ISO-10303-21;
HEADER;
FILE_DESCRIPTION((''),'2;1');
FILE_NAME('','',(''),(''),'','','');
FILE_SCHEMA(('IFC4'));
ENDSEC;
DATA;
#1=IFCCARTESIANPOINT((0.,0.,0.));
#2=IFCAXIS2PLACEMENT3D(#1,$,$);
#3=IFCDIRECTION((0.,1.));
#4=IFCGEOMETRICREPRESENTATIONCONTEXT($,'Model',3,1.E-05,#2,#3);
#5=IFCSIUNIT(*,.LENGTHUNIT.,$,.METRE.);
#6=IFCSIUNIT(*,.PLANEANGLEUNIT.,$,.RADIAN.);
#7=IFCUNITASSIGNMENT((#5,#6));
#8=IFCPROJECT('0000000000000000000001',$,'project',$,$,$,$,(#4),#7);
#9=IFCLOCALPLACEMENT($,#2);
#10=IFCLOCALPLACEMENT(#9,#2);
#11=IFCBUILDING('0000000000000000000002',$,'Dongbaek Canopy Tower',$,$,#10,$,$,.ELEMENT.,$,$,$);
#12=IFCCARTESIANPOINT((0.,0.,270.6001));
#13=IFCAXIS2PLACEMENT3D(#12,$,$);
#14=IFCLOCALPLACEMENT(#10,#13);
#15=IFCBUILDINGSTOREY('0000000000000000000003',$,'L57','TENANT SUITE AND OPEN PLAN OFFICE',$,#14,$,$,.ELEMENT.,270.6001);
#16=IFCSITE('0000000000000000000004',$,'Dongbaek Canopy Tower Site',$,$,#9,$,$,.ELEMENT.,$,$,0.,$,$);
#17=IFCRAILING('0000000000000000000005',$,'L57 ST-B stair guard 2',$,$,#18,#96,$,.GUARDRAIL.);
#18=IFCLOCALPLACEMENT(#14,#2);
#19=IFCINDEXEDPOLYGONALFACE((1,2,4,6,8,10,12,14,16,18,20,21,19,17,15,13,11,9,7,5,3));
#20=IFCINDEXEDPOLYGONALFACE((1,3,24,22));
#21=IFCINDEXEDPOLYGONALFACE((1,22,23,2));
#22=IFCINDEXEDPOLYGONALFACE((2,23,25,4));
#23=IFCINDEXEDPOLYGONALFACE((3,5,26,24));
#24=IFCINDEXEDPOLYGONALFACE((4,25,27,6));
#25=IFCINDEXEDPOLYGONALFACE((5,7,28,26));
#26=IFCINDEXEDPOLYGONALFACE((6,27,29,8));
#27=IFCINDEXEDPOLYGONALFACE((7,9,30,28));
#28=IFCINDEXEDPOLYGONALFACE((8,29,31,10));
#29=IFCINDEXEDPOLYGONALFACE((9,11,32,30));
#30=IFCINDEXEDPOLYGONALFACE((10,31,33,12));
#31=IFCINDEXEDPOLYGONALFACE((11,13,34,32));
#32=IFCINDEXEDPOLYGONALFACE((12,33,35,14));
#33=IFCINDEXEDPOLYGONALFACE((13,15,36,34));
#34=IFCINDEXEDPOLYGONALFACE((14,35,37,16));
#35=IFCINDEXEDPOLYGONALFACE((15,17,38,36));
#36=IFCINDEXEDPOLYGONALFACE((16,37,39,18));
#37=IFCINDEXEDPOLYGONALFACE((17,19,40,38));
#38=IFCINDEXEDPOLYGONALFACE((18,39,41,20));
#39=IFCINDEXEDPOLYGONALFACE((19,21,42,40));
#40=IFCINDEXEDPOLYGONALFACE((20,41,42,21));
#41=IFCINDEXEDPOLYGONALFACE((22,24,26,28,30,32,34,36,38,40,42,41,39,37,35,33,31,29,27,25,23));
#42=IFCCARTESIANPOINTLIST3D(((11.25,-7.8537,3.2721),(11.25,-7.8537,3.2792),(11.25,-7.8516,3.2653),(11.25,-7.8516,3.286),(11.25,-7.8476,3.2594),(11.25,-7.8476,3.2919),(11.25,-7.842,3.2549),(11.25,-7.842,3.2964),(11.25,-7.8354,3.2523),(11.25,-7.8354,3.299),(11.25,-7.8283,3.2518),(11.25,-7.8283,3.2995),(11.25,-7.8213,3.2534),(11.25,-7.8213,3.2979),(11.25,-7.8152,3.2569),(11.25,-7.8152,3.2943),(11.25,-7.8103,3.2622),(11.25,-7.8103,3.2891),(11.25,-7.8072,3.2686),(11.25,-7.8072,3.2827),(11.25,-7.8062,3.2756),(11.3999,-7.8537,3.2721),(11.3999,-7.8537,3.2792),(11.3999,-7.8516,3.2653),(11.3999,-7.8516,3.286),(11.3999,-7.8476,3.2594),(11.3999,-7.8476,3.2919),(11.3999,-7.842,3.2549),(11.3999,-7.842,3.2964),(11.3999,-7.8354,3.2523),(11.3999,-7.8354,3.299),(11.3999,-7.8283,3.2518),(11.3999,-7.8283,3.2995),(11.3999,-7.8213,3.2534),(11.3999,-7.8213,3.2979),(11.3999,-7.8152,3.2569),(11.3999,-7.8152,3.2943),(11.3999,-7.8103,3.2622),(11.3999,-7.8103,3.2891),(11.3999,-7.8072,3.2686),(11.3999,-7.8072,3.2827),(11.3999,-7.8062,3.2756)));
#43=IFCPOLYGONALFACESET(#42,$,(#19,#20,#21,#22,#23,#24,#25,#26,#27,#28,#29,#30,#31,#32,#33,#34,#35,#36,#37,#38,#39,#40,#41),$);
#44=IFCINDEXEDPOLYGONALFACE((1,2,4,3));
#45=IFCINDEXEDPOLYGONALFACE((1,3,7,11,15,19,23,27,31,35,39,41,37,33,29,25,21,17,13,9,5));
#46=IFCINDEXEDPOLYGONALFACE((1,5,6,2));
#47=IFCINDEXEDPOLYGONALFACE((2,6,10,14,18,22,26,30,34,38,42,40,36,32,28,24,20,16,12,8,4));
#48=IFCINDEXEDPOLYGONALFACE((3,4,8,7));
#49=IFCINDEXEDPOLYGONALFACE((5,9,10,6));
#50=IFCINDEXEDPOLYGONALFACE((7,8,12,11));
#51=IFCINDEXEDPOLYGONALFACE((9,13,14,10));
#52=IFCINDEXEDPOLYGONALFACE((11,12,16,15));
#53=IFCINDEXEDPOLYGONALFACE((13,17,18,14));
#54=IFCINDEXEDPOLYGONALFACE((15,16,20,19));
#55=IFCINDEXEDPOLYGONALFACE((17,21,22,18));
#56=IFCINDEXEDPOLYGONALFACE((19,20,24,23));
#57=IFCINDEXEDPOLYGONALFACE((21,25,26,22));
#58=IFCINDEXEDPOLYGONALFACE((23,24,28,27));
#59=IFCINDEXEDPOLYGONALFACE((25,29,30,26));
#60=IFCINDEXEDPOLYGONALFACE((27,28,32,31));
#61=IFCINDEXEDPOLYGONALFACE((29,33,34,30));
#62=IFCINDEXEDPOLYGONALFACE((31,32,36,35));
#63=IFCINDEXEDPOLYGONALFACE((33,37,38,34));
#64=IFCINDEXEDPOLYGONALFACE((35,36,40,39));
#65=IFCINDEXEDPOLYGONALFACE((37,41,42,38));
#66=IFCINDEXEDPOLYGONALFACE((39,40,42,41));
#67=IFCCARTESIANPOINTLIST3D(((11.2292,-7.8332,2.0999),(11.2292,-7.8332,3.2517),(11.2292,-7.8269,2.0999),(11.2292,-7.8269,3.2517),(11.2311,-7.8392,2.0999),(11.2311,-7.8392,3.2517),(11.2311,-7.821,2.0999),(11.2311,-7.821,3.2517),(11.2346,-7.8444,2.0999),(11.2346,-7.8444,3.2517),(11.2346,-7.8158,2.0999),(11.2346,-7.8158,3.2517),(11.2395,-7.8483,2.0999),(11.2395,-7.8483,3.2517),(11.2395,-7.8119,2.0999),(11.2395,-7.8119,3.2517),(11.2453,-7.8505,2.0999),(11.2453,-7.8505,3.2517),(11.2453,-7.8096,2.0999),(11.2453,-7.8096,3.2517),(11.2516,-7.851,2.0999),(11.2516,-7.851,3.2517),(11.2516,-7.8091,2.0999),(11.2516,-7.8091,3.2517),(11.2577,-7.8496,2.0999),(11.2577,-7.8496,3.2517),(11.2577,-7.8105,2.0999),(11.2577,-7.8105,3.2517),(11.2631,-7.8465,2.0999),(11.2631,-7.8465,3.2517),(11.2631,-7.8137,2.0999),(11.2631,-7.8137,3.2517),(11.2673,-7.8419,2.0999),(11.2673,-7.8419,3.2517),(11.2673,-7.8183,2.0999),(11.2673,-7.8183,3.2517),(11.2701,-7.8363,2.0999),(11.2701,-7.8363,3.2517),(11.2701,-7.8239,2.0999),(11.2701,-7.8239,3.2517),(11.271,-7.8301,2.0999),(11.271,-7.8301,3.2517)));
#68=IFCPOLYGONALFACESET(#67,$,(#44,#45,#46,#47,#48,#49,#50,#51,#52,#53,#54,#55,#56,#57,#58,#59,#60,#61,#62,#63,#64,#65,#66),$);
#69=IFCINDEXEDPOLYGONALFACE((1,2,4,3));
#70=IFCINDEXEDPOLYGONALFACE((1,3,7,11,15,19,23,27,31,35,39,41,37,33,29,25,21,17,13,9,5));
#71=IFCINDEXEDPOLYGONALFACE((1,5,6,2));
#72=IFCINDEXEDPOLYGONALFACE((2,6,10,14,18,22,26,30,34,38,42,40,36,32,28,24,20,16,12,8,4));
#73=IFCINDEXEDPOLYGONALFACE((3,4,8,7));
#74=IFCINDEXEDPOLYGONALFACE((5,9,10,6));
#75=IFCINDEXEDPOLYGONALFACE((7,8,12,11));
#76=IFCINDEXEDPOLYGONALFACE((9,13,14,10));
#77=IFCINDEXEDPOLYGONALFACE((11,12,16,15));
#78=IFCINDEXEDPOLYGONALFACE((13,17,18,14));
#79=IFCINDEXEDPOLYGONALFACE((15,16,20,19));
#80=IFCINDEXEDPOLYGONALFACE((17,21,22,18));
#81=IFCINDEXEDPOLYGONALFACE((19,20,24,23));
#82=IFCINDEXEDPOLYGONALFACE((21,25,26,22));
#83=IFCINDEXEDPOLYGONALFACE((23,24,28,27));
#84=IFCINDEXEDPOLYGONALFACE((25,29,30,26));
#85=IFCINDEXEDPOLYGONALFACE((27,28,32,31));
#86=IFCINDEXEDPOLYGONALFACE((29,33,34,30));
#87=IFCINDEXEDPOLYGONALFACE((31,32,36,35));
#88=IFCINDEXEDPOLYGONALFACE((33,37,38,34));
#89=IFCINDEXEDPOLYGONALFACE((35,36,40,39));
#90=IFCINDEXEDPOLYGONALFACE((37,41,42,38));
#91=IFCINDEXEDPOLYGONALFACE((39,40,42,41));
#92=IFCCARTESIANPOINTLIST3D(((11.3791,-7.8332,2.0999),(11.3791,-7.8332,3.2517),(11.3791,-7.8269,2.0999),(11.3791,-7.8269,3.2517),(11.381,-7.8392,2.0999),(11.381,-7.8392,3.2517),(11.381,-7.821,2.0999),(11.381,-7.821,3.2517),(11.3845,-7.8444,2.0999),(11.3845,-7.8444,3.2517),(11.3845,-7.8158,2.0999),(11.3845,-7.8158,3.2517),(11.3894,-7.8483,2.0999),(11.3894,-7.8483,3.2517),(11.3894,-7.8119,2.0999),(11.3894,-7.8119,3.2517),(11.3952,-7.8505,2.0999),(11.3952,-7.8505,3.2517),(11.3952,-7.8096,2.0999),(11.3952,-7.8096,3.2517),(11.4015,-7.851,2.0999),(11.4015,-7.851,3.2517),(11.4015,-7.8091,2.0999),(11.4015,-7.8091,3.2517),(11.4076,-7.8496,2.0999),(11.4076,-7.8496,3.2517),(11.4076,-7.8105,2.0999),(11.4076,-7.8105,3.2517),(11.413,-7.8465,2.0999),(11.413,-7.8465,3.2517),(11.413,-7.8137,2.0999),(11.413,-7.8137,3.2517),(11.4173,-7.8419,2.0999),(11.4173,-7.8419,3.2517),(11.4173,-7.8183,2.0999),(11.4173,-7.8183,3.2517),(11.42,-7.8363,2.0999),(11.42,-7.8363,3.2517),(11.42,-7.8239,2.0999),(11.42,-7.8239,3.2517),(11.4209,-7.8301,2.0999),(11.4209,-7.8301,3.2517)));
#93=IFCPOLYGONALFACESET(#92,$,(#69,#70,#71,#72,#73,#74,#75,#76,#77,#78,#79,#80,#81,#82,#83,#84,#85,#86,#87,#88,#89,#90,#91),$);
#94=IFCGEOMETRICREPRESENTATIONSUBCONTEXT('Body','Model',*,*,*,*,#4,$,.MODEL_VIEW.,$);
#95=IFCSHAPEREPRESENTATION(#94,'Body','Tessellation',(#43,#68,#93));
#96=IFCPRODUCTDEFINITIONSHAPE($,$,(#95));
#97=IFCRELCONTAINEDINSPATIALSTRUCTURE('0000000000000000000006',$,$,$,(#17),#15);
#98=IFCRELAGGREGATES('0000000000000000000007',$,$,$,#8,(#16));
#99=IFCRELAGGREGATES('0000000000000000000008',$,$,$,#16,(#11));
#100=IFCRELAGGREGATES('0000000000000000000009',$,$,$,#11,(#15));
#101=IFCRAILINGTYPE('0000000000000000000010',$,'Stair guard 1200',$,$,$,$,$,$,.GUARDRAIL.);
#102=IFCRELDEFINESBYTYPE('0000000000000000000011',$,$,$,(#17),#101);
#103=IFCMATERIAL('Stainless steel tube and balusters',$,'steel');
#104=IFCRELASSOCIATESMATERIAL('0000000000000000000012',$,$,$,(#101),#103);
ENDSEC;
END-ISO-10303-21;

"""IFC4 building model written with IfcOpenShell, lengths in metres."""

from ifc_helpers import new_model, si_unit, direction, frame, origin, origin_2d, place, context, subcontext, project, spatial, circle, extrude, material, type_object, element, save


model = new_model("IFC4")

# Units and contexts
model_context = context("Model", 3, precision=1e-05, world=origin(), true_north=direction((0.0, 1.0)))
body_context = subcontext(model_context, "Body", "Model", "MODEL_VIEW")
ifc_project = project(units=[si_unit("LENGTHUNIT", "METRE"), si_unit("PLANEANGLEUNIT", "RADIAN")], contexts=[model_context])

# Site, building, storey
site_placement = place(None, origin())
site = spatial("IfcSite", under=ifc_project, at=site_placement, Name="Dongbaek Canopy Tower Site", CompositionType="ELEMENT", RefElevation=0.0)
building_placement = place(site_placement, origin())
building = spatial("IfcBuilding", under=site, at=building_placement, Name="Dongbaek Canopy Tower", CompositionType="ELEMENT")
storey_placement = place(building_placement, frame((0.0, 0.0, 270.6001)))
storey = spatial("IfcBuildingStorey", under=building, at=storey_placement, Name="L57", Description="TENANT SUITE AND OPEN PLAN OFFICE", CompositionType="ELEMENT", Elevation=270.6001)

# Railing
ifc_material_1 = material(Name="Stainless steel tube and balusters", Category="steel")
railing_type_1 = type_object("IfcRailingType", Name="Stair guard 1200", PredefinedType="GUARDRAIL", material=ifc_material_1)
railing_1_placement = place(storey_placement, frame((11.25, -7.8301, 2.0999)))
element("IfcRailing", 1, at=railing_1_placement, inside=storey, type_object=railing_type_1, Name="L57 ST-B stair guard 2", PredefinedType="GUARDRAIL", context=body_context, shape_type="SweptSolid", body=[
    extrude(circle(Radius=0.0239, at=origin_2d()), frame((0.0, 0.0, 1.1758), z_axis=(1.0, 0.0, 0.0), x_axis=(0.0, 1.0, 0.0)), (0.0, 0.0, 1.0), 0.1499),
    extrude(circle(Radius=0.021, at=origin_2d()), origin(), (0.0, 0.0, 1.0), 1.1519),
    extrude(circle(Radius=0.021, at=origin_2d()), frame((0.1499, 0.0, 0.0)), (0.0, 0.0, 1.0), 1.1519),
])

save(model, "model.ifc")
